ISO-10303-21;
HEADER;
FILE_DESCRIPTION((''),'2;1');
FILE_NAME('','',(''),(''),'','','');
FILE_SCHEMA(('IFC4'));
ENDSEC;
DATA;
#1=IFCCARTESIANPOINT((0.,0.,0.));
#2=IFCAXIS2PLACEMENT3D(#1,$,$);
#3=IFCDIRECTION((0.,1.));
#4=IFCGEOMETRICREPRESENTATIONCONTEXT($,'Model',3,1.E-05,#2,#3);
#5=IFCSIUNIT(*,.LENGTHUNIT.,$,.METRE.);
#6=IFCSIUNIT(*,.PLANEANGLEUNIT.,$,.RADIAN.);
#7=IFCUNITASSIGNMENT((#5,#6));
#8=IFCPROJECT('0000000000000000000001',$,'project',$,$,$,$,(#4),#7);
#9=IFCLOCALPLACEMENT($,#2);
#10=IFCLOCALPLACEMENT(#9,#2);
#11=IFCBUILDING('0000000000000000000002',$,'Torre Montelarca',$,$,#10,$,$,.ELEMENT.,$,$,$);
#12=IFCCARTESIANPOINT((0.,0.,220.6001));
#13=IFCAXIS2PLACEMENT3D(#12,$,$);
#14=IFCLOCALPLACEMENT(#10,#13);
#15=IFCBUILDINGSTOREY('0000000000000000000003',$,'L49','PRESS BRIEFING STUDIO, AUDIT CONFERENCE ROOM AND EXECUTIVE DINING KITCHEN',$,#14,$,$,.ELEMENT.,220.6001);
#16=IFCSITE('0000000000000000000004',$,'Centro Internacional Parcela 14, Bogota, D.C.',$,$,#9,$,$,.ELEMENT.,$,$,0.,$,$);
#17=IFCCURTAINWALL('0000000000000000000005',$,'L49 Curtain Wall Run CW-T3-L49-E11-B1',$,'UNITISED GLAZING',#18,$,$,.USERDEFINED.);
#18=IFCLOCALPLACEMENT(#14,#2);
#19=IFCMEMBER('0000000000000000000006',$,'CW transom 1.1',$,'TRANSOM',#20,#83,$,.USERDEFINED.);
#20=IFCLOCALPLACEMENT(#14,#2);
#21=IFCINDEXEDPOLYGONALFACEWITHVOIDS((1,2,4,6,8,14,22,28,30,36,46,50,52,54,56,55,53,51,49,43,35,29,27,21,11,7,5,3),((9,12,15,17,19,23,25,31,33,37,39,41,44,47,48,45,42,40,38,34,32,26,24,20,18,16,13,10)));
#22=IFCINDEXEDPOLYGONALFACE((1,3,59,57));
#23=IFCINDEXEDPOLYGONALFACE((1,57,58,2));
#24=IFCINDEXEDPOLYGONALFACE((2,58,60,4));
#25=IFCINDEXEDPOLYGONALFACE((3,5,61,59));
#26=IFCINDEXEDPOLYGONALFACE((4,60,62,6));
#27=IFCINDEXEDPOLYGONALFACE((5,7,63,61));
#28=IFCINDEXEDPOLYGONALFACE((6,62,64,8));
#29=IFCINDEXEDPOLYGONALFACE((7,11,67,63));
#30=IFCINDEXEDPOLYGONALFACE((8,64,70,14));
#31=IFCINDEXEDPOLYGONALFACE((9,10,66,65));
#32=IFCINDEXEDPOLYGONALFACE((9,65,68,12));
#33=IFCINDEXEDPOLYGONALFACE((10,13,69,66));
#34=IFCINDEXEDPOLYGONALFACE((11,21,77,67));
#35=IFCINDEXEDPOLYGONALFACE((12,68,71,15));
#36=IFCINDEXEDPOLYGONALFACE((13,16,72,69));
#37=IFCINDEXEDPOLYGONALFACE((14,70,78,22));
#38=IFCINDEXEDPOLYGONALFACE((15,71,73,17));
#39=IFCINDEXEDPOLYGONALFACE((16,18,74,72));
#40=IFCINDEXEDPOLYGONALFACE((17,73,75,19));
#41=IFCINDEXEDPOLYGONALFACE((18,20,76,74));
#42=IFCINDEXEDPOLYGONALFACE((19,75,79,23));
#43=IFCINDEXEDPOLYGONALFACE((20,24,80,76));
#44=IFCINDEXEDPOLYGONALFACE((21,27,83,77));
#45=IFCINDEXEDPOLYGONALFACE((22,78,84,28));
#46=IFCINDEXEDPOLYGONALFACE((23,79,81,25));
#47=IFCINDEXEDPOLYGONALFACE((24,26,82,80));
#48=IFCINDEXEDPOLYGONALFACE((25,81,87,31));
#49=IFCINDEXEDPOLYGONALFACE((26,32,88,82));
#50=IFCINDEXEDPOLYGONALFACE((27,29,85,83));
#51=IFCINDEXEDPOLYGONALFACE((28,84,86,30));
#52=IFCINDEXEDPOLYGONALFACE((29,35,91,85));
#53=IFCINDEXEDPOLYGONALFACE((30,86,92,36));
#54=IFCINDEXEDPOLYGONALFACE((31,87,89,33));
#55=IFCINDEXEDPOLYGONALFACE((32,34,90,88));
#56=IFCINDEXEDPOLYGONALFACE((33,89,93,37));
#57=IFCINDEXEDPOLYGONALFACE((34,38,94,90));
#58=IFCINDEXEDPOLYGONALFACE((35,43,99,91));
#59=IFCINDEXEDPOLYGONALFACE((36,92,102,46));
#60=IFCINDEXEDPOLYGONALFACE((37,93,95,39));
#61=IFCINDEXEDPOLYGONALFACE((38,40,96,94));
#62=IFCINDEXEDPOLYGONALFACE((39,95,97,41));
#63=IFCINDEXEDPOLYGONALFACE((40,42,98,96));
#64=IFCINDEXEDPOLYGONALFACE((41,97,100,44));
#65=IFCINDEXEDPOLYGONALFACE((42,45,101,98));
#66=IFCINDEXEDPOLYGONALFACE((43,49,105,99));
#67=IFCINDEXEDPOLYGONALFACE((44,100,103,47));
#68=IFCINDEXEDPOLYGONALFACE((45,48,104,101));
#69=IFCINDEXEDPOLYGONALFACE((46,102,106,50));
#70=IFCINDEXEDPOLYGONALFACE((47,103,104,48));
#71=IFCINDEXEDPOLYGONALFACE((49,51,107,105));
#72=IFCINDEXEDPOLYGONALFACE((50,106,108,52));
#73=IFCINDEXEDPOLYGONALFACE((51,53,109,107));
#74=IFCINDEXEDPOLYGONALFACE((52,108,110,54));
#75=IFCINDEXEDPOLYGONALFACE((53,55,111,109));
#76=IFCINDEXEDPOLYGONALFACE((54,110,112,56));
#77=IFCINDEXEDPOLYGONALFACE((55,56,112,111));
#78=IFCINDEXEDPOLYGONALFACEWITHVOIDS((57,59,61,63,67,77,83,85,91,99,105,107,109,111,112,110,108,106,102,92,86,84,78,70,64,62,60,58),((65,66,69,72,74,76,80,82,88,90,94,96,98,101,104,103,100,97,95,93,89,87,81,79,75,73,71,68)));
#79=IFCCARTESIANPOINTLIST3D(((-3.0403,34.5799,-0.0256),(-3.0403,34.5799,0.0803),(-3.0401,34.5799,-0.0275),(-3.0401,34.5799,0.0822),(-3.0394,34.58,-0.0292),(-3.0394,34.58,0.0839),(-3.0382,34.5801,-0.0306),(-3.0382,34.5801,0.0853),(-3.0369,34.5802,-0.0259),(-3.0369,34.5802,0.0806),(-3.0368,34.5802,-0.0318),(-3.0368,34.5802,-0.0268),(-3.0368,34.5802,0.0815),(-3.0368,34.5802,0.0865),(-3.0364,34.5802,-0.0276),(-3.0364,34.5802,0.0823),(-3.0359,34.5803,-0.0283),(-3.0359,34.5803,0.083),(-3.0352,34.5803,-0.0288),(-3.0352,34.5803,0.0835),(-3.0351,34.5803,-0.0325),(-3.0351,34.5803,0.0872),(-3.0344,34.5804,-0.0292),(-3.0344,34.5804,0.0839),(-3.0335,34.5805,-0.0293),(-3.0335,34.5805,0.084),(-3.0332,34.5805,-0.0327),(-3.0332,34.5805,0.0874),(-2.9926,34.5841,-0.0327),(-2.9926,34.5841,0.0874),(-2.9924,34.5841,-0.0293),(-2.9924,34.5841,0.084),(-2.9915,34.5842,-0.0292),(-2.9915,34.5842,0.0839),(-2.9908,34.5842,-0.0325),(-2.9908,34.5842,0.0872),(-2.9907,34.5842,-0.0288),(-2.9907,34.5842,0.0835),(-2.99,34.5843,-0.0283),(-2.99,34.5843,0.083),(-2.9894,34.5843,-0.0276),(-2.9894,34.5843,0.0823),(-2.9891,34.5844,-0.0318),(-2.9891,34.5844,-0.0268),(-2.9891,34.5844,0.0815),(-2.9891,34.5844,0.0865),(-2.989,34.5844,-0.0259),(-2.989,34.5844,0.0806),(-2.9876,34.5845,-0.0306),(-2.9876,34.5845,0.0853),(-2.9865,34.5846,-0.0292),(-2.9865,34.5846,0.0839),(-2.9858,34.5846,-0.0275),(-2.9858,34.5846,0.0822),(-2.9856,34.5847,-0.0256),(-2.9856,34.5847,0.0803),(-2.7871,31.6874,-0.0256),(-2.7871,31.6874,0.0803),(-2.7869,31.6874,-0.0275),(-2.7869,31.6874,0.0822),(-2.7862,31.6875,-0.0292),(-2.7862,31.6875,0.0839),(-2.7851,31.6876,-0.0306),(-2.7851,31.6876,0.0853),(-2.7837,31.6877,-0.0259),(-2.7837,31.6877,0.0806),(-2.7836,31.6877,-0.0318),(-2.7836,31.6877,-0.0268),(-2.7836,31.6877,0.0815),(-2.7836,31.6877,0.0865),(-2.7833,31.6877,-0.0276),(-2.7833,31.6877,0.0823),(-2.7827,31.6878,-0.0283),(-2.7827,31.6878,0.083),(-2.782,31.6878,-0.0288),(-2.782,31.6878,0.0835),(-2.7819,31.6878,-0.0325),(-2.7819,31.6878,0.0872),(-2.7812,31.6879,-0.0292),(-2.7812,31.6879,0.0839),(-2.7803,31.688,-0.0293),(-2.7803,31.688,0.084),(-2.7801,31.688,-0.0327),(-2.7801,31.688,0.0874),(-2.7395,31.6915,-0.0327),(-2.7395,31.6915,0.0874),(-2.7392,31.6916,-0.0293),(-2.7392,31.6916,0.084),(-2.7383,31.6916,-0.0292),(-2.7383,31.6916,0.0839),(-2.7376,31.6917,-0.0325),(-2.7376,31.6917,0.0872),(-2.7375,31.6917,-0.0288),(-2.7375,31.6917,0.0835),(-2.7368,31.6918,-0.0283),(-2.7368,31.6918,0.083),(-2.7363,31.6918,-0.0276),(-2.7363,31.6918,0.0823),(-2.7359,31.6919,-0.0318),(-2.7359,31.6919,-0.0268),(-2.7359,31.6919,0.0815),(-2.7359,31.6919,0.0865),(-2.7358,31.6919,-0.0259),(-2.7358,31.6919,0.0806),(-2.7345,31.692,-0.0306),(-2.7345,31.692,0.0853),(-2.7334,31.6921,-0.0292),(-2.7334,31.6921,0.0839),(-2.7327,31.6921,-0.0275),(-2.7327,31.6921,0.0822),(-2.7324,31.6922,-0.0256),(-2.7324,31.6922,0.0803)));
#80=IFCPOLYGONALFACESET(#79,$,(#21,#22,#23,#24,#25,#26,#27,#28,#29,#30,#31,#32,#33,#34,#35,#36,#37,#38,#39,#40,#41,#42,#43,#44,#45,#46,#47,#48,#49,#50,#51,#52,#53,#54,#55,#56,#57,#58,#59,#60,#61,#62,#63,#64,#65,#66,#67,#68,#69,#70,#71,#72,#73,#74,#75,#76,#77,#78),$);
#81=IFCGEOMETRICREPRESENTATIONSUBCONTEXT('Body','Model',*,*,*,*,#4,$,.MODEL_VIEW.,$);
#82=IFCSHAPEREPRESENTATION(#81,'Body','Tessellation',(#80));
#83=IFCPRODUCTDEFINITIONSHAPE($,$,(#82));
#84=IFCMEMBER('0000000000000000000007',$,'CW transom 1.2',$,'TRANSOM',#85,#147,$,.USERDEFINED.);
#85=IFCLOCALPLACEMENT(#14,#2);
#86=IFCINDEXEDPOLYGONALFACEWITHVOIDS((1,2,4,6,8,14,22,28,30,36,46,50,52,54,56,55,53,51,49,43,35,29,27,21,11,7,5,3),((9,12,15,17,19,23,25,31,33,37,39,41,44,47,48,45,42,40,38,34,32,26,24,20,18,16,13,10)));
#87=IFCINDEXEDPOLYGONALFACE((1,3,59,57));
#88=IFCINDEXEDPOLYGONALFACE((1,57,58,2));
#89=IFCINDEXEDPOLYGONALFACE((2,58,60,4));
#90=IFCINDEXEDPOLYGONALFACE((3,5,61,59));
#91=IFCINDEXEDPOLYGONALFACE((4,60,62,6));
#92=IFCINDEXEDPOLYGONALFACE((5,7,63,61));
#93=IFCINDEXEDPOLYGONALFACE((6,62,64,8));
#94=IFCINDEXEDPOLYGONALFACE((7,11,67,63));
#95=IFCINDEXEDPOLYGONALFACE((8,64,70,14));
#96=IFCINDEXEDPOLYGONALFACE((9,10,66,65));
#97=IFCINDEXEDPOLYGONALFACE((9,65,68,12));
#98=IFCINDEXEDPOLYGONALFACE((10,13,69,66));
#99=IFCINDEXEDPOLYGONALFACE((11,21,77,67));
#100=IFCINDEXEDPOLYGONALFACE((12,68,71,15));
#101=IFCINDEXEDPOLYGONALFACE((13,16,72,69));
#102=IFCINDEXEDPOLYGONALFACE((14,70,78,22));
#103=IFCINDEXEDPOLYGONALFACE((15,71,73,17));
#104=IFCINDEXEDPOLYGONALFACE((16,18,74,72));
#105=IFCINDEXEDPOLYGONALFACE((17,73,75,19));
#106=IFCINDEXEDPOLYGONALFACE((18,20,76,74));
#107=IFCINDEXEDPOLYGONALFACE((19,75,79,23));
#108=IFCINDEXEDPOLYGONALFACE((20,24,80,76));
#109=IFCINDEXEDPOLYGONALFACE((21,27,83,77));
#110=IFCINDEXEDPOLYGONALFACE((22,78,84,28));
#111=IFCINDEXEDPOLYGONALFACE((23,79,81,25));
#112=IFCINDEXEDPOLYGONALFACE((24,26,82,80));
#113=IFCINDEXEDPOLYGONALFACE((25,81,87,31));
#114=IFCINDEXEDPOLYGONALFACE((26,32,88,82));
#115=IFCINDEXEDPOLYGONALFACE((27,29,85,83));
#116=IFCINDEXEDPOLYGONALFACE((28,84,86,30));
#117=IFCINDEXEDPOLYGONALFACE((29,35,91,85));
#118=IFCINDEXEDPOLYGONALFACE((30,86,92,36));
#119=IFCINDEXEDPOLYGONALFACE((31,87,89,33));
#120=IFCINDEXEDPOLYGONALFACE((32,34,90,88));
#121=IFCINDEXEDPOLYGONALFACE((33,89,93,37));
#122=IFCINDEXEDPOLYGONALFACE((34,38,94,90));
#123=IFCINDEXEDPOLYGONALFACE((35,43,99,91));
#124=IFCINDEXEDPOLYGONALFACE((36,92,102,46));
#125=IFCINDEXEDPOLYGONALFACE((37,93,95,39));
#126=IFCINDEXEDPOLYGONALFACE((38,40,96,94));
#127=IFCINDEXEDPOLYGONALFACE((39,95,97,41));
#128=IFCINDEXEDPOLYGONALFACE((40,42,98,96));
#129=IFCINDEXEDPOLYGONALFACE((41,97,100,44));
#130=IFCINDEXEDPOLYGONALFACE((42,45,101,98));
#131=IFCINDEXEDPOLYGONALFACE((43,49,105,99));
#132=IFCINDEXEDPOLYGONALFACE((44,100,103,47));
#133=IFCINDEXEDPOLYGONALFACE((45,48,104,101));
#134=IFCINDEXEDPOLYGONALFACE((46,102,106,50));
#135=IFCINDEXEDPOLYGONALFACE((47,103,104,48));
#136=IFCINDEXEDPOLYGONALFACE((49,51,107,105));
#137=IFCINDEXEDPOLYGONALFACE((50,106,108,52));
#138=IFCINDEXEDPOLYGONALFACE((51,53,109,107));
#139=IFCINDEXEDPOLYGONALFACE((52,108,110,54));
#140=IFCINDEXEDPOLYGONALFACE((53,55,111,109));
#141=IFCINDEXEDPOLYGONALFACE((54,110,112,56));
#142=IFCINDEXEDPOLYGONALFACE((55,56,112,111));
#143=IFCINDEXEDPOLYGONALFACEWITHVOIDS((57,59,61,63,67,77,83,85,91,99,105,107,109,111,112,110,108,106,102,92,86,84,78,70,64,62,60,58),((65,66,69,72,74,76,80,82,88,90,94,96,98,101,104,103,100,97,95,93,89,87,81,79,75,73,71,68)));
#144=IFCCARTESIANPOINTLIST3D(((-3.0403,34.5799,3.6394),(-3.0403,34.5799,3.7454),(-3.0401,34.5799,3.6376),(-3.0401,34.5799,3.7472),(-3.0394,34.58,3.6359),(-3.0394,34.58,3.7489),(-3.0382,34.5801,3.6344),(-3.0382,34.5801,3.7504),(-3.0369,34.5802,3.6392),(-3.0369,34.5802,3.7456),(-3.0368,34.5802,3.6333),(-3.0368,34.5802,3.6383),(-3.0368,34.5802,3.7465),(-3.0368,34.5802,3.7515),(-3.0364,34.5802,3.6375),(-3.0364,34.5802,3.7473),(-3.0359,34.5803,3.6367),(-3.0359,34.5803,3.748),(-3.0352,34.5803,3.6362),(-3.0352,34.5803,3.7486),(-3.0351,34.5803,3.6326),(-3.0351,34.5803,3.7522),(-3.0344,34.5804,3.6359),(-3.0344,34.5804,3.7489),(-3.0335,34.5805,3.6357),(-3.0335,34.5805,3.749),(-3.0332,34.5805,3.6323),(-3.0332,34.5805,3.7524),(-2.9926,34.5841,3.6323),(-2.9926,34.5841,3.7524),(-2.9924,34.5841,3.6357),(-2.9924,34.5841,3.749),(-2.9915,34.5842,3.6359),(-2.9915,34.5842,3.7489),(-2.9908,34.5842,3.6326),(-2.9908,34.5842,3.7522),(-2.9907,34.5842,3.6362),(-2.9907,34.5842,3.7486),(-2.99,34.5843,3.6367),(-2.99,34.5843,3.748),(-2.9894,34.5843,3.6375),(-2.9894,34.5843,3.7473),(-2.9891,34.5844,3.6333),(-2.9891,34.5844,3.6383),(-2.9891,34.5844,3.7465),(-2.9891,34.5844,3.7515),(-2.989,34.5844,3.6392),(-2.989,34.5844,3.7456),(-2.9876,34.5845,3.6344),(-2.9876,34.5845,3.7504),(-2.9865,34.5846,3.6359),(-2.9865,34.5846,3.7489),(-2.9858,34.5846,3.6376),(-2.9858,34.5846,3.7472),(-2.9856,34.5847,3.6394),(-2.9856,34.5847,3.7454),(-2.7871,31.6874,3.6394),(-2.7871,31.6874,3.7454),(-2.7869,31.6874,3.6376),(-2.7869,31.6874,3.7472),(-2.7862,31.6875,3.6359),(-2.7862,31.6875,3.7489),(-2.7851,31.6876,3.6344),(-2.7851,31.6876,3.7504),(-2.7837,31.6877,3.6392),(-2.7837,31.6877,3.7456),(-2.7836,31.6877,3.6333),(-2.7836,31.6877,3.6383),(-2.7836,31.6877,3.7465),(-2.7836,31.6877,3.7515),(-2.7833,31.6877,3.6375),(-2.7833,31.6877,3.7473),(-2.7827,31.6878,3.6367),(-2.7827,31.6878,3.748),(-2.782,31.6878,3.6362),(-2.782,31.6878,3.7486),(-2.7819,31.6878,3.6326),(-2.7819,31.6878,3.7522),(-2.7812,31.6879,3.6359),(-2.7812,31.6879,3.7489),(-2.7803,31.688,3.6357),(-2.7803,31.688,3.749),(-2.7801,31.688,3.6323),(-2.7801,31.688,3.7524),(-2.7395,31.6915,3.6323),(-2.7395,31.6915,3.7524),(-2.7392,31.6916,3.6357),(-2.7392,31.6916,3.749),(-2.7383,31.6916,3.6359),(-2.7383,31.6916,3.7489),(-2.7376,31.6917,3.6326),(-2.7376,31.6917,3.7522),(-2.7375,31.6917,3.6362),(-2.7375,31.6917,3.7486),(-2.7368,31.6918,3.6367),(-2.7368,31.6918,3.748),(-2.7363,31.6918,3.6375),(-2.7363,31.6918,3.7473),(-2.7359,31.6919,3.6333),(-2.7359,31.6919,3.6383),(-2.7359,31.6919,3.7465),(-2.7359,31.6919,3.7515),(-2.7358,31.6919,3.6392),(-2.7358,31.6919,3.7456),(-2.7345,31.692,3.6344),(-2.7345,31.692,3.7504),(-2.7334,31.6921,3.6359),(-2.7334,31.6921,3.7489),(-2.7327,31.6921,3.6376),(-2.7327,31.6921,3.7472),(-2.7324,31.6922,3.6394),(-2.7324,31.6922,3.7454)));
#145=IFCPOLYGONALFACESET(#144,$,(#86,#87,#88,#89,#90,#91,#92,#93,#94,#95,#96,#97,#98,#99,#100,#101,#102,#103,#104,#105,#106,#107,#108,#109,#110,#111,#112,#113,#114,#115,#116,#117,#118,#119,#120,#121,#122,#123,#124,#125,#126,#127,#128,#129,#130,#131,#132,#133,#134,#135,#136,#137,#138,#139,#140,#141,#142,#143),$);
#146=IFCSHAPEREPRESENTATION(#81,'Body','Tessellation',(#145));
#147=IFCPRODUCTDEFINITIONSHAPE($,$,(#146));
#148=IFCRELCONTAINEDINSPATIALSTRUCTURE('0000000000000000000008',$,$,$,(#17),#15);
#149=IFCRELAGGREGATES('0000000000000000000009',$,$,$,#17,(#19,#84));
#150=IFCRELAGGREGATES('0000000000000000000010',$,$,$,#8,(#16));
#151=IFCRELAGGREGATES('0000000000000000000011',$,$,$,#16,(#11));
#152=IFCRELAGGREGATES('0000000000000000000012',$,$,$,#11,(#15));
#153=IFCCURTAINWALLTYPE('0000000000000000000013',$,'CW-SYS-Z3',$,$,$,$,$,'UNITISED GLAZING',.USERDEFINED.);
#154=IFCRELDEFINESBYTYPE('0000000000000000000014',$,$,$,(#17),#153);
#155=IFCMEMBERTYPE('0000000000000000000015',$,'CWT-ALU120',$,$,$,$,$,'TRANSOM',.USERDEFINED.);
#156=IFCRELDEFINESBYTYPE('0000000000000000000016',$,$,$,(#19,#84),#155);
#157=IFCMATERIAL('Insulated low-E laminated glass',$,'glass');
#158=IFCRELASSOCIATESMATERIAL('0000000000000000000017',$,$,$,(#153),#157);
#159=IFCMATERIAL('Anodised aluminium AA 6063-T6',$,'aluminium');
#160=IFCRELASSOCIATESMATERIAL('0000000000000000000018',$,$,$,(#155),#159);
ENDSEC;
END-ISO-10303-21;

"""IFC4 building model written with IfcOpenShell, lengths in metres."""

from ifc_helpers import new_model, si_unit, direction, frame, origin, origin_2d, place, context, subcontext, project, spatial, hollow_rectangle, extrude, source, transform, mapped, material, material_profile, profile_set, type_object, element, aggregate, save


model = new_model("IFC4")

# Units and contexts
model_context = context("Model", 3, precision=1e-05, world=origin(), true_north=direction((0.0, 1.0)))
body_context = subcontext(model_context, "Body", "Model", "MODEL_VIEW")
ifc_project = project(units=[si_unit("LENGTHUNIT", "METRE"), si_unit("PLANEANGLEUNIT", "RADIAN")], contexts=[model_context])

# Site, building, storey
site_placement = place(None, origin())
site = spatial("IfcSite", under=ifc_project, at=site_placement, Name="Centro Internacional Parcela 14, Bogota, D.C.", CompositionType="ELEMENT", RefElevation=0.0)
building_placement = place(site_placement, origin())
building = spatial("IfcBuilding", under=site, at=building_placement, Name="Torre Montelarca", CompositionType="ELEMENT")
storey_placement = place(building_placement, frame((0.0, 0.0, 220.6001)))
storey = spatial("IfcBuildingStorey", under=building, at=storey_placement, Name="L49", Description="PRESS BRIEFING STUDIO, AUDIT CONFERENCE ROOM AND EXECUTIVE DINING KITCHEN", CompositionType="ELEMENT", Elevation=220.6001)

# Curtain wall, members
ifc_material_1 = material(Name="Insulated low-E laminated glass", Category="glass")
curtain_wall_type = type_object("IfcCurtainWallType", Name="CW-SYS-Z3", ElementType="UNITISED GLAZING", PredefinedType="USERDEFINED", material=ifc_material_1)
curtain_wall_1_placement = place(storey_placement, origin())
curtain_wall_1 = element("IfcCurtainWall", 1, at=curtain_wall_1_placement, inside=storey, type_object=curtain_wall_type, Name="L49 Curtain Wall Run CW-T3-L49-E11-B1", ObjectType="UNITISED GLAZING", PredefinedType="USERDEFINED")
ifc_material_2 = material(Name="Anodised aluminium AA 6063-T6", Category="aluminium")
ifc_material_profile_1 = material_profile(ifc_material_2, hollow_rectangle(XDim=0.0549, YDim=0.1201, WallThickness=0.0034, InnerFilletRadius=0.0034, OuterFilletRadius=0.0071, at=origin_2d()), Name="ALU55X120X3.5", Category="aluminium")
ifc_profile_set_1 = profile_set([ifc_material_profile_1], Name="Anodised aluminium AA 6063-T6")
member_type_1 = type_object("IfcMemberType", Name="CWT-ALU120", ElementType="TRANSOM", PredefinedType="USERDEFINED", material=ifc_profile_set_1)
shared_shape_1 = source(origin(), body_context, "Body", "SweptSolid", [
    extrude(hollow_rectangle(XDim=0.0549, YDim=0.1201, WallThickness=0.0034, InnerFilletRadius=0.0034, OuterFilletRadius=0.0071, at=origin_2d()), origin(), (0.0, 0.0, 1.0), 2.9036),
])
member_1_placement = place(storey_placement, frame((-3.0129, 34.5823, 0.0273), z_axis=(0.087192, -0.996192, 0.0), x_axis=(0.996192, 0.087192, 0.0)))
member_1 = element("IfcMember", 2, at=member_1_placement, type_object=member_type_1, Name="CW transom 1.1", ObjectType="TRANSOM", PredefinedType="USERDEFINED", context=body_context, shape_type="MappedRepresentation", body=[
    mapped(shared_shape_1, transform((0.0, 0.0, 0.0), scale=1.0)),
])
member_2_placement = place(storey_placement, frame((-3.0129, 34.5823, 3.6924), z_axis=(0.087192, -0.996192, 0.0), x_axis=(0.996192, 0.087192, 0.0)))
member_2 = element("IfcMember", 3, at=member_2_placement, type_object=member_type_1, Name="CW transom 1.2", ObjectType="TRANSOM", PredefinedType="USERDEFINED", context=body_context, shape_type="MappedRepresentation", body=[
    mapped(shared_shape_1, transform((0.0, 0.0, 0.0), scale=1.0)),
])

aggregate(curtain_wall_1, [member_1, member_2])

save(model, "model.ifc")
